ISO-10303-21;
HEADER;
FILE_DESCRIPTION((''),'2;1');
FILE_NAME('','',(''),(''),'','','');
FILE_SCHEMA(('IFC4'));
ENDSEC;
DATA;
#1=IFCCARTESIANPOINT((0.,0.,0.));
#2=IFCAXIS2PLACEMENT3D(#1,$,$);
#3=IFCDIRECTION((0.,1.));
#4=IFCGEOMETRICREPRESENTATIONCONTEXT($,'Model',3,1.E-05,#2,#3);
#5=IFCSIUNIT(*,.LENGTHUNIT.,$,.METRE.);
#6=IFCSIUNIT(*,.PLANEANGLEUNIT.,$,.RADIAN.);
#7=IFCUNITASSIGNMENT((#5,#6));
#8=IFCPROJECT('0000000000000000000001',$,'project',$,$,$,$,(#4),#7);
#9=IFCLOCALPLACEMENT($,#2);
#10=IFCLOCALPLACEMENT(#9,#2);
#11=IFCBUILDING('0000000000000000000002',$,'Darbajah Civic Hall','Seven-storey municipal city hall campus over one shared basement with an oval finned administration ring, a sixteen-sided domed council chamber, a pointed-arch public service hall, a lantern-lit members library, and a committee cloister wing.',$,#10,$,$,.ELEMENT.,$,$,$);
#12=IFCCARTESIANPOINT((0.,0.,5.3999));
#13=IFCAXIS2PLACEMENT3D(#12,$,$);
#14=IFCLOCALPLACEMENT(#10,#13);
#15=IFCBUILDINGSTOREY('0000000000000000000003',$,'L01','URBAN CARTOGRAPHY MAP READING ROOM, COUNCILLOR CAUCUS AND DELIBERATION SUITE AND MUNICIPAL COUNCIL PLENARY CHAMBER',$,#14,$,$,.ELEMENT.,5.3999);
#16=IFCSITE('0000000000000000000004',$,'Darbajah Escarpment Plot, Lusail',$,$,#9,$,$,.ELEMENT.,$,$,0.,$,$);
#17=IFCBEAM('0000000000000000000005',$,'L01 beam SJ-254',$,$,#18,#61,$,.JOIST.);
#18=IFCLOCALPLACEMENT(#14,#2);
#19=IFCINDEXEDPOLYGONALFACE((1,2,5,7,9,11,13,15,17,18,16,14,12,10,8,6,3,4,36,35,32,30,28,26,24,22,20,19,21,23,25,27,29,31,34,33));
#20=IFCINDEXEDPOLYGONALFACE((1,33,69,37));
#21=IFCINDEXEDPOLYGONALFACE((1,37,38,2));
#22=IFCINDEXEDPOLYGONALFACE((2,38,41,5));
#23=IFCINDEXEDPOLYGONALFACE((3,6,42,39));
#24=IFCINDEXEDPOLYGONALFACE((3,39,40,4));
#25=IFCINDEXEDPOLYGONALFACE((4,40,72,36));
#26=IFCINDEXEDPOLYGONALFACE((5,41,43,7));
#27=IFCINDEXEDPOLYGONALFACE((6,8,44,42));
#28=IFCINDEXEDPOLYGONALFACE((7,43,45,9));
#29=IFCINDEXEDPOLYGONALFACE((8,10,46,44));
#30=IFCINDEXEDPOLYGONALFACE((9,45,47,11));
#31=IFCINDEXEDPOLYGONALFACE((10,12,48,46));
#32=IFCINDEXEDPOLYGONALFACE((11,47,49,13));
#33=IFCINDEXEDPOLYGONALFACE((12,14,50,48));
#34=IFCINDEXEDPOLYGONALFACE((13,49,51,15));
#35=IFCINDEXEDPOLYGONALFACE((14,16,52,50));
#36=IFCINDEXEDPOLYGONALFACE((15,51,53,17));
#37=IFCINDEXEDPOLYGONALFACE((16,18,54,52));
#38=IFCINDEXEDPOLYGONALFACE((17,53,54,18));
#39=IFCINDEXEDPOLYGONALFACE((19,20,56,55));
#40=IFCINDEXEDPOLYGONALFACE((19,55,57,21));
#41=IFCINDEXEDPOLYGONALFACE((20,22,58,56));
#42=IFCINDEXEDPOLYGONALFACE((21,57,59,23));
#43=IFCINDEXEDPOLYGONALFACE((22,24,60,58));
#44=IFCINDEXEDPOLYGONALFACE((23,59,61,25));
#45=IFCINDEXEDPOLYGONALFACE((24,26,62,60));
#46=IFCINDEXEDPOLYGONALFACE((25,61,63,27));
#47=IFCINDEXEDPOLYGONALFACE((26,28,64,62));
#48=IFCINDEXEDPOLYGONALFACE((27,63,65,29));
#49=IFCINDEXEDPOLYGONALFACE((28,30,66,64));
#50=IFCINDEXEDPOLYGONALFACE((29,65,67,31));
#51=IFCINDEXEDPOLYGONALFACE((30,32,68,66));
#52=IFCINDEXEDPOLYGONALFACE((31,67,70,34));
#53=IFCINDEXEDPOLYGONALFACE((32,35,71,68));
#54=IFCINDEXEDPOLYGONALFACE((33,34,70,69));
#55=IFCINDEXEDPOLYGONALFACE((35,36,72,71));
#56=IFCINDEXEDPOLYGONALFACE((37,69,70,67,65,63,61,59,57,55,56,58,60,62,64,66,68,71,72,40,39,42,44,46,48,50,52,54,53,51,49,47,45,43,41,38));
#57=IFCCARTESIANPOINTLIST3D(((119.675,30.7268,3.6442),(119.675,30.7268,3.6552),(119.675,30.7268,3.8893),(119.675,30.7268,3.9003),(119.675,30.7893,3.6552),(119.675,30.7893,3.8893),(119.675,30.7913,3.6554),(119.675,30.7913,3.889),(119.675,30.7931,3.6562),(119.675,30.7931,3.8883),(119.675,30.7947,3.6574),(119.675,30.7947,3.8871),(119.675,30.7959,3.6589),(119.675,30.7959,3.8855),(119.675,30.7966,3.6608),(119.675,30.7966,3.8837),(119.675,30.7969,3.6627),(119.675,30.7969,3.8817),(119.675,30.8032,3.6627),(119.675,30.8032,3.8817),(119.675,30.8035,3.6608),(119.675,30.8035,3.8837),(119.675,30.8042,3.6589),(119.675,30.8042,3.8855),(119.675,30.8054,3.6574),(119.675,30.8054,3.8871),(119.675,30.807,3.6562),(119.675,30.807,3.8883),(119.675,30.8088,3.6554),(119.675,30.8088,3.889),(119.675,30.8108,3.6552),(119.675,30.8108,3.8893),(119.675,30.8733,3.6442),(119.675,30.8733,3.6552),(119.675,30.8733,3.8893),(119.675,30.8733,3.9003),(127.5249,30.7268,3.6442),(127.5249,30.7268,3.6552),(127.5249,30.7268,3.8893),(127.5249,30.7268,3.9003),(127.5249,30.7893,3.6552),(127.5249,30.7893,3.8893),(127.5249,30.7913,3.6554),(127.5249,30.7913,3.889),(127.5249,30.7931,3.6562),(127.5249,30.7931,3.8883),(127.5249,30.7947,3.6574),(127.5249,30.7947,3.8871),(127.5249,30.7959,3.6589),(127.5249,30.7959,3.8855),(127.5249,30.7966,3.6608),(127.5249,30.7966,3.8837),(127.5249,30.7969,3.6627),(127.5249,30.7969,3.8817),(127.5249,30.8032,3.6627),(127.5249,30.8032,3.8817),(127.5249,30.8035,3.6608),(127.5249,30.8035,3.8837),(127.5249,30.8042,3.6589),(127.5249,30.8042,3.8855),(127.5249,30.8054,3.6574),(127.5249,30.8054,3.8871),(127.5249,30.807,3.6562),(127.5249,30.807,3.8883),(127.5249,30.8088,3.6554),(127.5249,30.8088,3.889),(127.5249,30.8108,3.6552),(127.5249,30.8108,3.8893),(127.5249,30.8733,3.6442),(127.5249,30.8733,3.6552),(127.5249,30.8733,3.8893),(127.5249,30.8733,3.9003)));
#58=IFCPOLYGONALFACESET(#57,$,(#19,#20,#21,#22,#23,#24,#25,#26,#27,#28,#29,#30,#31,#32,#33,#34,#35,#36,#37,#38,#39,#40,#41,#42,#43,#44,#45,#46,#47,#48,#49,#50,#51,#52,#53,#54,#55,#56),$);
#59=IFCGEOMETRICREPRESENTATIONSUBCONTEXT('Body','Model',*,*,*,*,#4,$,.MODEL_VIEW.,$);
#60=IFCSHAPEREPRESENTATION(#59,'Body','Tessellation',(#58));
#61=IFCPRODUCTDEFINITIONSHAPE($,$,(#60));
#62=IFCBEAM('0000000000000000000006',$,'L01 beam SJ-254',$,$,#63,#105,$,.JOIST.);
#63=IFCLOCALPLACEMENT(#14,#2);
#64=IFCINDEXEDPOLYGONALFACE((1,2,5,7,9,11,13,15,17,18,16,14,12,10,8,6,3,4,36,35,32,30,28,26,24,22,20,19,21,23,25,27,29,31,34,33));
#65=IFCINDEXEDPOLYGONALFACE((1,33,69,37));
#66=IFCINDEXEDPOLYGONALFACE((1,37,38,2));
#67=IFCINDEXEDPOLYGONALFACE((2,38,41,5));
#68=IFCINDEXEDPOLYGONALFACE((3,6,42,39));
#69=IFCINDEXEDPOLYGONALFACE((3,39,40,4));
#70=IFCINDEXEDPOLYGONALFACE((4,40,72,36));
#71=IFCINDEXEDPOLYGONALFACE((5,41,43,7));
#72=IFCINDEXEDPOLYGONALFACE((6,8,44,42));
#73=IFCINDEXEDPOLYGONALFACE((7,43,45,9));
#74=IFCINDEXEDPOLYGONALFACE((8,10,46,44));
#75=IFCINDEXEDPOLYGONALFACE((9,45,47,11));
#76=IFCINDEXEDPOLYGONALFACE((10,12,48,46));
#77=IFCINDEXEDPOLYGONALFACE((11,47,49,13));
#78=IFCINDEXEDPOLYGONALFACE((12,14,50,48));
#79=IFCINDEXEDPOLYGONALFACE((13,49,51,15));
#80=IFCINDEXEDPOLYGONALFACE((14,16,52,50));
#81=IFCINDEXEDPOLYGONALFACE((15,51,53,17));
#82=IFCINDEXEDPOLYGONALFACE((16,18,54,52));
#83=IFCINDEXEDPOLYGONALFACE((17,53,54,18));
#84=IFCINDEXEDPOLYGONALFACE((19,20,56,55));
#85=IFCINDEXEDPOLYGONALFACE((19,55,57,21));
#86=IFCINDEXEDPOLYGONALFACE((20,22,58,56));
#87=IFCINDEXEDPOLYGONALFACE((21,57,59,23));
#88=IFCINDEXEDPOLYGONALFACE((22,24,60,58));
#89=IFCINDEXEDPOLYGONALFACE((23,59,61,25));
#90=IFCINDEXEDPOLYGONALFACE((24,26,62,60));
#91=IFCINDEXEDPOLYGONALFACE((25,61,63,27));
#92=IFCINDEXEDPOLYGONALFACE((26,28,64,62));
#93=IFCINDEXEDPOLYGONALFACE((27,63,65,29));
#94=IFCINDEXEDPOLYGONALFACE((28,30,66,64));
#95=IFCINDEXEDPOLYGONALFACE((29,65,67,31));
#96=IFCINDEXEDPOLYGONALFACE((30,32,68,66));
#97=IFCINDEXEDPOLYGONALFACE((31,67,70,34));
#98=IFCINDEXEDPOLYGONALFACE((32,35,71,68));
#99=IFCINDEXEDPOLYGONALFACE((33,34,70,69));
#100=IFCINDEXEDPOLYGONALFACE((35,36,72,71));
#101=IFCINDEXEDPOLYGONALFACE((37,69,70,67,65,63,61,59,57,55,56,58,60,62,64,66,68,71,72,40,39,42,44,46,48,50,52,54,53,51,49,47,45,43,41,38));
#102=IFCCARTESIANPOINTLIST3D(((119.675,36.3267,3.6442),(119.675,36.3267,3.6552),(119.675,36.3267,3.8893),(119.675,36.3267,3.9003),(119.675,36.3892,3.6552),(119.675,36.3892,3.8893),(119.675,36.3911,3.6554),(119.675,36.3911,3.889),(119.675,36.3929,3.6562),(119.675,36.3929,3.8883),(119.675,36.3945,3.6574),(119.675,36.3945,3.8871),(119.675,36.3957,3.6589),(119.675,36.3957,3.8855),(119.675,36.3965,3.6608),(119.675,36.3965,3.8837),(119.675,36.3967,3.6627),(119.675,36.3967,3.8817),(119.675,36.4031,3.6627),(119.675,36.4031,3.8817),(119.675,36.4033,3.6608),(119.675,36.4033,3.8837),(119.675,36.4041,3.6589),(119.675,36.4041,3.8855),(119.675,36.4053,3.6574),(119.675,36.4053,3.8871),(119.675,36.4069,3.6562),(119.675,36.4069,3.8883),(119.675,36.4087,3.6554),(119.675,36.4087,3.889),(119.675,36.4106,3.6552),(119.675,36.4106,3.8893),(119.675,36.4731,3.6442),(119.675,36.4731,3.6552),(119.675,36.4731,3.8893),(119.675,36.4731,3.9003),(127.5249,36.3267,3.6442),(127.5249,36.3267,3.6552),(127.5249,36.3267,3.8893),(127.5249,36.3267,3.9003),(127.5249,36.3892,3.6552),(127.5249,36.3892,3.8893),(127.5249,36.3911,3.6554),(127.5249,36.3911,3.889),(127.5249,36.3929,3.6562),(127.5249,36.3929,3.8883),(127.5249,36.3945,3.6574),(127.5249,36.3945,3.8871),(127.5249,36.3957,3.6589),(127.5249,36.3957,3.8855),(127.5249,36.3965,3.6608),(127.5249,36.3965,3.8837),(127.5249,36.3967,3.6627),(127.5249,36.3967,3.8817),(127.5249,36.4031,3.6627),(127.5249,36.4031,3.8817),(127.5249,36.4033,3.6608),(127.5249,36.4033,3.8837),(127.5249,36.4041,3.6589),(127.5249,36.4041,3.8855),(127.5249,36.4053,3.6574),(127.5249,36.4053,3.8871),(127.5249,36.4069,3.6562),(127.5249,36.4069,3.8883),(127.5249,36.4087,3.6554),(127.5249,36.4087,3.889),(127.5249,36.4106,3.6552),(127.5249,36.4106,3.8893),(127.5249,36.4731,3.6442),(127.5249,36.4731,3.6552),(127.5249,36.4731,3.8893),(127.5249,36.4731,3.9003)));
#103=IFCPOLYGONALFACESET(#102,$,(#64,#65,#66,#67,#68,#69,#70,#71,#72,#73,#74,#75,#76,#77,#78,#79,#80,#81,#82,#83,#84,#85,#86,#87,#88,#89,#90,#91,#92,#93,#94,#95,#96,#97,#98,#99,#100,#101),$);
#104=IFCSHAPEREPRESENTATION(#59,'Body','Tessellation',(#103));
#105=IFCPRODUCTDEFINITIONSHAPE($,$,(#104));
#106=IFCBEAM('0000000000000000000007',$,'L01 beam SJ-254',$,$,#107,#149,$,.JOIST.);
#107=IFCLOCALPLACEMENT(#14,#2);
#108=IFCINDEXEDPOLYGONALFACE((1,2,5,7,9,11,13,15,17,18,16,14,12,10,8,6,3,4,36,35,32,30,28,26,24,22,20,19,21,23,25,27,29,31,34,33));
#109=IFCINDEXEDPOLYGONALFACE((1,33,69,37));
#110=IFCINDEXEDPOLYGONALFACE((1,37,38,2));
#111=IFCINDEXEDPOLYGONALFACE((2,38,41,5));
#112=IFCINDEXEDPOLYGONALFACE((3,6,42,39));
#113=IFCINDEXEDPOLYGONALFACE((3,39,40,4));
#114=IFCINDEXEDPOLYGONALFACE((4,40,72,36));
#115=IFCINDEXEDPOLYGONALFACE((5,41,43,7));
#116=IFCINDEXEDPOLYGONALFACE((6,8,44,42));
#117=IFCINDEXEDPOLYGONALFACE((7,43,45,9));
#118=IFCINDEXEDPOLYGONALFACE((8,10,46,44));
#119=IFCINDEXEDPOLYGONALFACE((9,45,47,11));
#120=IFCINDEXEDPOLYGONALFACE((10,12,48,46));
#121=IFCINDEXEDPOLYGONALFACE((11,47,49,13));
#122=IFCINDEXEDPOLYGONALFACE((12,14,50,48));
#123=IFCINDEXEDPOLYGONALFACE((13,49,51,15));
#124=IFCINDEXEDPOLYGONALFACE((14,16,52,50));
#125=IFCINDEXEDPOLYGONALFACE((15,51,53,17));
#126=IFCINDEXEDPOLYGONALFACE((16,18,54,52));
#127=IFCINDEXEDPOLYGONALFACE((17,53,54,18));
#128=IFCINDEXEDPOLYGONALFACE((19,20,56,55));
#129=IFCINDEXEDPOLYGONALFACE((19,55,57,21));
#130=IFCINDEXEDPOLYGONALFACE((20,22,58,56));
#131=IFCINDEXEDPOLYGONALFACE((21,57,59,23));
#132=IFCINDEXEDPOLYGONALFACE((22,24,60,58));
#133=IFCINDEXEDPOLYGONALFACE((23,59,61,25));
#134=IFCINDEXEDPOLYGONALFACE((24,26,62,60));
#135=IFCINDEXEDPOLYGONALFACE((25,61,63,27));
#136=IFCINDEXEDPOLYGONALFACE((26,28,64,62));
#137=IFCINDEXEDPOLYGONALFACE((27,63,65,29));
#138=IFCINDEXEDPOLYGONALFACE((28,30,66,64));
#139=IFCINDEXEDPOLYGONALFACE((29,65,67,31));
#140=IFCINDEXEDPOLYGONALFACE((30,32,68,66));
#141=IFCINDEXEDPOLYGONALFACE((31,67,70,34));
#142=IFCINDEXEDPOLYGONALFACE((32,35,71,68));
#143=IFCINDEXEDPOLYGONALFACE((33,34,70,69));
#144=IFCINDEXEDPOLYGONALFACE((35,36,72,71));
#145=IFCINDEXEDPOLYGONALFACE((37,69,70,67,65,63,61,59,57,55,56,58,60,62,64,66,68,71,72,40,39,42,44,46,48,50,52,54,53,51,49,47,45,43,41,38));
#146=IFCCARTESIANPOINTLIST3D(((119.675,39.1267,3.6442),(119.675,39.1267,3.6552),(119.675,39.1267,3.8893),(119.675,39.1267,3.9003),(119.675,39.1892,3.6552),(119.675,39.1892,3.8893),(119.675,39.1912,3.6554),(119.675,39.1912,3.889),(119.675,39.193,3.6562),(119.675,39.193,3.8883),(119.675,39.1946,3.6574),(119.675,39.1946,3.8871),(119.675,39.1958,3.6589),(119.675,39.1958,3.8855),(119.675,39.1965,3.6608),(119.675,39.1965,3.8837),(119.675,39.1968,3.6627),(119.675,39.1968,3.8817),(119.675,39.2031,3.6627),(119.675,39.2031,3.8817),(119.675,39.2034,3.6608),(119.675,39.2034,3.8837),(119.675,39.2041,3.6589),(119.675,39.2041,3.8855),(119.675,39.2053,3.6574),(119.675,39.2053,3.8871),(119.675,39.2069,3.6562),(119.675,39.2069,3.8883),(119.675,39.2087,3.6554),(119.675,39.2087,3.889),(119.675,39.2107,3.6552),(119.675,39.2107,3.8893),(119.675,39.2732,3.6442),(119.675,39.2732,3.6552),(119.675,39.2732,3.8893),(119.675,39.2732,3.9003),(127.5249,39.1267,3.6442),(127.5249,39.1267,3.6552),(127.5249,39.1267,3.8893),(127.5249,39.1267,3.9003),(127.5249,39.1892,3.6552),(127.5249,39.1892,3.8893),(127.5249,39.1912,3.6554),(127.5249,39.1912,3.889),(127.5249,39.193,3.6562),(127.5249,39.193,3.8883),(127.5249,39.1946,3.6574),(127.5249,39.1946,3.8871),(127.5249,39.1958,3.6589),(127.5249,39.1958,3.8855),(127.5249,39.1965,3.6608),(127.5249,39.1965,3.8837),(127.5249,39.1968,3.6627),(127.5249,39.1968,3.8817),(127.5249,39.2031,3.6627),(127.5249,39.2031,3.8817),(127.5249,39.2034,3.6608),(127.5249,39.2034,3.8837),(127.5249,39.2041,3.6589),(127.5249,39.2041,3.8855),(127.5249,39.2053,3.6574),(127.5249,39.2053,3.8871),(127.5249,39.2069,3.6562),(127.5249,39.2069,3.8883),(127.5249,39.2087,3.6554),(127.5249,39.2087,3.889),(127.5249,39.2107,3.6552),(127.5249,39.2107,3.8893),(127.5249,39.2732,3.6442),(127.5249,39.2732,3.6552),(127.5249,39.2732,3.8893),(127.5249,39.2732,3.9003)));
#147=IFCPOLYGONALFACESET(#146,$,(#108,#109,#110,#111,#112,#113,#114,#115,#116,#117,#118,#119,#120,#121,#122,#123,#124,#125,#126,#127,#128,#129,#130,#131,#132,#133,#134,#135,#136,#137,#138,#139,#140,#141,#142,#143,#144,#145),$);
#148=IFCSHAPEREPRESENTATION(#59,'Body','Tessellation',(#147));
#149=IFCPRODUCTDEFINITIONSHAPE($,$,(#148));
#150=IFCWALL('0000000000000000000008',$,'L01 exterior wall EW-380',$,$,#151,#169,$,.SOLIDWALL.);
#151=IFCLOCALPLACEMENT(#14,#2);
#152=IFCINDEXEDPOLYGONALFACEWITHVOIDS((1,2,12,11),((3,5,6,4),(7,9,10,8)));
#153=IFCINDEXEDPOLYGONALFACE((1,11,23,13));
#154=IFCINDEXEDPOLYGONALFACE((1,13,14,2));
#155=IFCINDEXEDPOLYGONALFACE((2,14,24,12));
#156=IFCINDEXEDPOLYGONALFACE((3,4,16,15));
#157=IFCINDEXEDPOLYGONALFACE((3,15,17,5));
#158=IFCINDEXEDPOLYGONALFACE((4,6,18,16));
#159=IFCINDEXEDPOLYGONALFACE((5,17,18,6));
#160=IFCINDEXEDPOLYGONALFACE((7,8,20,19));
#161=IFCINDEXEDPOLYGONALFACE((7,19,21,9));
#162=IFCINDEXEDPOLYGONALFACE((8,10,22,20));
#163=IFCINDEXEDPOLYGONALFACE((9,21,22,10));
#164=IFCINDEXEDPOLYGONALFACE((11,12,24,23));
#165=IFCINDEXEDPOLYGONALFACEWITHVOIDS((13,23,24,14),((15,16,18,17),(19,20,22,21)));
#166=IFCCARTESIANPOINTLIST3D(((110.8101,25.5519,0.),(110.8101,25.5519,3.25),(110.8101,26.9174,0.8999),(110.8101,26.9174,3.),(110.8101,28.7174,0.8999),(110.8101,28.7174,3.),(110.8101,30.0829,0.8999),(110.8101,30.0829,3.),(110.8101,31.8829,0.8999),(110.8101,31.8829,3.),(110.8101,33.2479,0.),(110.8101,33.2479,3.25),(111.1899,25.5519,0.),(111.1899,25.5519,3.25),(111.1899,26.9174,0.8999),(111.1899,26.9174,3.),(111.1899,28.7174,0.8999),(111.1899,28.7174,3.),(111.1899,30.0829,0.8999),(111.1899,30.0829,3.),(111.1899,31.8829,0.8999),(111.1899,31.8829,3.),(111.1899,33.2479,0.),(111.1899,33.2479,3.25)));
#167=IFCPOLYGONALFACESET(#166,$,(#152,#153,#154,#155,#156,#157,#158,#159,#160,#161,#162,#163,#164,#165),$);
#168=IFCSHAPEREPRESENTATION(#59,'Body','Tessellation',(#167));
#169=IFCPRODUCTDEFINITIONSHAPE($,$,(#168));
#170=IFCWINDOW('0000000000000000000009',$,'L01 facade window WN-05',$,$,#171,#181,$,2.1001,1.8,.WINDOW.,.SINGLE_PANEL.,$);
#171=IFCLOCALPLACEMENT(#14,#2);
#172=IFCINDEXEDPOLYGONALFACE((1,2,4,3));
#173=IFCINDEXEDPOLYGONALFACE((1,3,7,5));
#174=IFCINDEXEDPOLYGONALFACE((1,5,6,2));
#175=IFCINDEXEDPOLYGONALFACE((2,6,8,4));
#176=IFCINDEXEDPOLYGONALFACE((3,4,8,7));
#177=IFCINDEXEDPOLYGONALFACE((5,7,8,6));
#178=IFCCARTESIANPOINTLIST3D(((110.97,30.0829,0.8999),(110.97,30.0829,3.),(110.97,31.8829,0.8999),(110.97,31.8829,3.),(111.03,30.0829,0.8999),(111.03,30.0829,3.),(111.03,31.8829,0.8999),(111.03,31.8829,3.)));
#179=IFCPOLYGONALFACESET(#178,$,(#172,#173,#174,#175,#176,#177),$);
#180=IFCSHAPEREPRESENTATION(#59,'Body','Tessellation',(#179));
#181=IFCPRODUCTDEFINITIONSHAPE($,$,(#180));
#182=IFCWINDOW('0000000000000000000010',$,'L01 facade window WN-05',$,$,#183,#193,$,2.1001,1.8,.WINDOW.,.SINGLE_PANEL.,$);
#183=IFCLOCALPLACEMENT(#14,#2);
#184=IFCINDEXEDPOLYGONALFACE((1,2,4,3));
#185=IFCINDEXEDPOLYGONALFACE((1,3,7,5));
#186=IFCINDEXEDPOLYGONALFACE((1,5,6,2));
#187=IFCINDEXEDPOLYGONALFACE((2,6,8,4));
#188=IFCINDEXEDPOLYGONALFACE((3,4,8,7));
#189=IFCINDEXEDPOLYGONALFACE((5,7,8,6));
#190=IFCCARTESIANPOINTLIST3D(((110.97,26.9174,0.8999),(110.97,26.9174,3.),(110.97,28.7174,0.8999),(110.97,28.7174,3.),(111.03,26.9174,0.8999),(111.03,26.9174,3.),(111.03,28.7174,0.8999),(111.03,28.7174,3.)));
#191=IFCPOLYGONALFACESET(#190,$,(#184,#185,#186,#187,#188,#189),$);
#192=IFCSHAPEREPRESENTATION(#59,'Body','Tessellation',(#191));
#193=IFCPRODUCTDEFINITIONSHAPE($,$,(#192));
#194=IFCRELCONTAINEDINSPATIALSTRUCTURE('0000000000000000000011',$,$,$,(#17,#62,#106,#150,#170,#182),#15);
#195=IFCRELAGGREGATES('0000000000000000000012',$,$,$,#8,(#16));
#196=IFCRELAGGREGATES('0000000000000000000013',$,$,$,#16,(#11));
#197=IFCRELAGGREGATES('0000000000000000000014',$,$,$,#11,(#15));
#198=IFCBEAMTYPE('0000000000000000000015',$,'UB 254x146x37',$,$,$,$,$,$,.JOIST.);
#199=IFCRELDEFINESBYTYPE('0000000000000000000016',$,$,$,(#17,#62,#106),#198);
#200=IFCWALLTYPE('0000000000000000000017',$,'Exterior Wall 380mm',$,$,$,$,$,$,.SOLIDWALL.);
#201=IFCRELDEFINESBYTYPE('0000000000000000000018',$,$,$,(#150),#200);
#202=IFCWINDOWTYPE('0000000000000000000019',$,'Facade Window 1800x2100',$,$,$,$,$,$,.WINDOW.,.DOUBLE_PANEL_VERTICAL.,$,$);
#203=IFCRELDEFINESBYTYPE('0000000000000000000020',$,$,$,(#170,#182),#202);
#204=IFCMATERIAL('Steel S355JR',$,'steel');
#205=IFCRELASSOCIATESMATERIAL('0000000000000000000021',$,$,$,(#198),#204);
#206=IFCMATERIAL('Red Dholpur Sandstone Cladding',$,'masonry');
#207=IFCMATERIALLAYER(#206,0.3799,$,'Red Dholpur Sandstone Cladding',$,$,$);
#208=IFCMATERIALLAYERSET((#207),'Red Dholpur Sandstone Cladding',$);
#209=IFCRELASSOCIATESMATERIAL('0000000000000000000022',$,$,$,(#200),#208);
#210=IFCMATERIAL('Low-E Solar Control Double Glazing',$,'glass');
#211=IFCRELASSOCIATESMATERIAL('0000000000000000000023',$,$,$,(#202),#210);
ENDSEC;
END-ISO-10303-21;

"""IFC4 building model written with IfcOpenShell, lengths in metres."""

from ifc_helpers import new_model, si_unit, direction, frame, frame_2d, origin, origin_2d, place, context, subcontext, project, spatial, rectangle, i_section, extrude, material, layer, layer_set, material_profile, profile_set, type_object, element, fill, save


model = new_model("IFC4")

# Units and contexts
model_context = context("Model", 3, precision=1e-05, world=origin(), true_north=direction((0.0, 1.0)))
body_context = subcontext(model_context, "Body", "Model", "MODEL_VIEW")
ifc_project = project(units=[si_unit("LENGTHUNIT", "METRE"), si_unit("PLANEANGLEUNIT", "RADIAN")], contexts=[model_context])

# Site, building, storey
site_placement = place(None, origin())
site = spatial("IfcSite", under=ifc_project, at=site_placement, Name="Darbajah Escarpment Plot, Lusail", CompositionType="ELEMENT", RefElevation=0.0)
building_placement = place(site_placement, origin())
building = spatial("IfcBuilding", under=site, at=building_placement, Name="Darbajah Civic Hall", Description="Seven-storey municipal city hall campus over one shared basement with an oval finned administration ring, a sixteen-sided domed council chamber, a pointed-arch public service hall, a lantern-lit members library, and a committee cloister wing.", CompositionType="ELEMENT")
storey_placement = place(building_placement, frame((0.0, 0.0, 5.3999)))
storey = spatial("IfcBuildingStorey", under=building, at=storey_placement, Name="L01", Description="URBAN CARTOGRAPHY MAP READING ROOM, COUNCILLOR CAUCUS AND DELIBERATION SUITE AND MUNICIPAL COUNCIL PLENARY CHAMBER", CompositionType="ELEMENT", Elevation=5.3999)

# Beams
ifc_material_1 = material(Name="Steel S355JR", Category="steel")
ifc_material_profile_1 = material_profile(ifc_material_1, i_section(OverallWidth=0.1465, OverallDepth=0.2561, WebThickness=0.0063, FlangeThickness=0.011, FilletRadius=0.0076, at=origin_2d()), Name="UB 254x146x37")
ifc_profile_set_1 = profile_set([ifc_material_profile_1], Name="Steel S355JR")
beam_type_1 = type_object("IfcBeamType", Name="UB 254x146x37", PredefinedType="JOIST", material=ifc_profile_set_1)
for number, where, z_axis, x_axis, name in (
    (1, (119.675, 30.8, 3.7722), (1.0, 0.0, 0.0), (0.0, 1.0, 0.0), "L01 beam SJ-254"),
    (2, (119.675, 36.3999, 3.7722), (1.0, 0.0, 0.0), (0.0, 1.0, 0.0), "L01 beam SJ-254"),
    (3, (119.675, 39.2, 3.7722), (1.0, 0.0, 0.0), (0.0, 1.0, 0.0), "L01 beam SJ-254"),
):
    element("IfcBeam", number, at=place(storey_placement, frame(where, z_axis=z_axis, x_axis=x_axis)), inside=storey, type_object=beam_type_1, Name=name, PredefinedType="JOIST", context=body_context, shape_type="SweptSolid", body=[
        extrude(i_section(OverallWidth=0.1465, OverallDepth=0.2561, WebThickness=0.0063, FlangeThickness=0.011, FilletRadius=0.0076, at=origin_2d()), origin(), (0.0, 0.0, 1.0), 7.8499),
    ])

# Wall, openings, windows
ifc_material_2 = material(Name="Red Dholpur Sandstone Cladding", Category="masonry")
ifc_layer_1 = layer(ifc_material_2, 0.3799, Name="Red Dholpur Sandstone Cladding")
ifc_layer_set_1 = layer_set([ifc_layer_1], Name="Red Dholpur Sandstone Cladding")
wall_type_1 = type_object("IfcWallType", Name="Exterior Wall 380mm", PredefinedType="SOLIDWALL", material=ifc_layer_set_1)
wall_1_placement = place(storey_placement, frame((111.0, 33.248, 0.0), z_axis=(0.0, 0.0, 1.0), x_axis=(0.0, -1.0, 0.0)))
wall_1 = element("IfcWall", 4, at=wall_1_placement, inside=storey, type_object=wall_type_1, Name="L01 exterior wall EW-380", PredefinedType="SOLIDWALL", context=body_context, shape_type="SweptSolid", body=[
    extrude(rectangle(XDim=7.696, YDim=0.3799, at=frame_2d((3.8481, 0.0))), origin(), (0.0, 0.0, 1.0), 3.25),
])
opening_1_placement = place(wall_1_placement, frame((1.3652, 0.0, 0.8999)))
opening_1 = element("IfcOpeningElement", 5, at=opening_1_placement, cuts=wall_1, PredefinedType="OPENING", context=body_context, shape_type="SweptSolid", body=[
    extrude(rectangle(XDim=1.8, YDim=2.1001, at=frame_2d((0.8999, 1.05))), frame((0.0, 0.2, 0.0), z_axis=(0.0, -1.0, 0.0), x_axis=(1.0, 0.0, 0.0)), (0.0, 0.0, 1.0), 0.3999),
])
opening_2_placement = place(wall_1_placement, frame((4.5308, 0.0, 0.8999)))
opening_2 = element("IfcOpeningElement", 6, at=opening_2_placement, cuts=wall_1, PredefinedType="OPENING", context=body_context, shape_type="SweptSolid", body=[
    extrude(rectangle(XDim=1.8, YDim=2.1001, at=frame_2d((0.8999, 1.05))), frame((0.0, 0.2, 0.0), z_axis=(0.0, -1.0, 0.0), x_axis=(1.0, 0.0, 0.0)), (0.0, 0.0, 1.0), 0.3999),
])
ifc_material_3 = material(Name="Low-E Solar Control Double Glazing", Category="glass")
window_type = type_object("IfcWindowType", Name="Facade Window 1800x2100", PartitioningType="DOUBLE_PANEL_VERTICAL", PredefinedType="WINDOW", material=ifc_material_3)
window_1_placement = place(opening_1_placement, origin())
window_1 = element("IfcWindow", 7, at=window_1_placement, inside=storey, type_object=window_type, Name="L01 facade window WN-05", OverallHeight=2.1001, OverallWidth=1.8, PartitioningType="SINGLE_PANEL", PredefinedType="WINDOW", context=body_context, shape_type="SweptSolid", body=[
    extrude(rectangle(XDim=1.8, YDim=2.1001, at=frame_2d((0.8999, 1.05))), frame((0.0, 0.03, 0.0), z_axis=(0.0, -1.0, 0.0), x_axis=(1.0, 0.0, 0.0)), (0.0, 0.0, 1.0), 0.0601),
])
fill(opening_1, window_1)
window_2_placement = place(opening_2_placement, origin())
window_2 = element("IfcWindow", 8, at=window_2_placement, inside=storey, type_object=window_type, Name="L01 facade window WN-05", OverallHeight=2.1001, OverallWidth=1.8, PartitioningType="SINGLE_PANEL", PredefinedType="WINDOW", context=body_context, shape_type="SweptSolid", body=[
    extrude(rectangle(XDim=1.8, YDim=2.1001, at=frame_2d((0.8999, 1.05))), frame((0.0, 0.03, 0.0), z_axis=(0.0, -1.0, 0.0), x_axis=(1.0, 0.0, 0.0)), (0.0, 0.0, 1.0), 0.0601),
])
fill(opening_2, window_2)

save(model, "model.ifc")
